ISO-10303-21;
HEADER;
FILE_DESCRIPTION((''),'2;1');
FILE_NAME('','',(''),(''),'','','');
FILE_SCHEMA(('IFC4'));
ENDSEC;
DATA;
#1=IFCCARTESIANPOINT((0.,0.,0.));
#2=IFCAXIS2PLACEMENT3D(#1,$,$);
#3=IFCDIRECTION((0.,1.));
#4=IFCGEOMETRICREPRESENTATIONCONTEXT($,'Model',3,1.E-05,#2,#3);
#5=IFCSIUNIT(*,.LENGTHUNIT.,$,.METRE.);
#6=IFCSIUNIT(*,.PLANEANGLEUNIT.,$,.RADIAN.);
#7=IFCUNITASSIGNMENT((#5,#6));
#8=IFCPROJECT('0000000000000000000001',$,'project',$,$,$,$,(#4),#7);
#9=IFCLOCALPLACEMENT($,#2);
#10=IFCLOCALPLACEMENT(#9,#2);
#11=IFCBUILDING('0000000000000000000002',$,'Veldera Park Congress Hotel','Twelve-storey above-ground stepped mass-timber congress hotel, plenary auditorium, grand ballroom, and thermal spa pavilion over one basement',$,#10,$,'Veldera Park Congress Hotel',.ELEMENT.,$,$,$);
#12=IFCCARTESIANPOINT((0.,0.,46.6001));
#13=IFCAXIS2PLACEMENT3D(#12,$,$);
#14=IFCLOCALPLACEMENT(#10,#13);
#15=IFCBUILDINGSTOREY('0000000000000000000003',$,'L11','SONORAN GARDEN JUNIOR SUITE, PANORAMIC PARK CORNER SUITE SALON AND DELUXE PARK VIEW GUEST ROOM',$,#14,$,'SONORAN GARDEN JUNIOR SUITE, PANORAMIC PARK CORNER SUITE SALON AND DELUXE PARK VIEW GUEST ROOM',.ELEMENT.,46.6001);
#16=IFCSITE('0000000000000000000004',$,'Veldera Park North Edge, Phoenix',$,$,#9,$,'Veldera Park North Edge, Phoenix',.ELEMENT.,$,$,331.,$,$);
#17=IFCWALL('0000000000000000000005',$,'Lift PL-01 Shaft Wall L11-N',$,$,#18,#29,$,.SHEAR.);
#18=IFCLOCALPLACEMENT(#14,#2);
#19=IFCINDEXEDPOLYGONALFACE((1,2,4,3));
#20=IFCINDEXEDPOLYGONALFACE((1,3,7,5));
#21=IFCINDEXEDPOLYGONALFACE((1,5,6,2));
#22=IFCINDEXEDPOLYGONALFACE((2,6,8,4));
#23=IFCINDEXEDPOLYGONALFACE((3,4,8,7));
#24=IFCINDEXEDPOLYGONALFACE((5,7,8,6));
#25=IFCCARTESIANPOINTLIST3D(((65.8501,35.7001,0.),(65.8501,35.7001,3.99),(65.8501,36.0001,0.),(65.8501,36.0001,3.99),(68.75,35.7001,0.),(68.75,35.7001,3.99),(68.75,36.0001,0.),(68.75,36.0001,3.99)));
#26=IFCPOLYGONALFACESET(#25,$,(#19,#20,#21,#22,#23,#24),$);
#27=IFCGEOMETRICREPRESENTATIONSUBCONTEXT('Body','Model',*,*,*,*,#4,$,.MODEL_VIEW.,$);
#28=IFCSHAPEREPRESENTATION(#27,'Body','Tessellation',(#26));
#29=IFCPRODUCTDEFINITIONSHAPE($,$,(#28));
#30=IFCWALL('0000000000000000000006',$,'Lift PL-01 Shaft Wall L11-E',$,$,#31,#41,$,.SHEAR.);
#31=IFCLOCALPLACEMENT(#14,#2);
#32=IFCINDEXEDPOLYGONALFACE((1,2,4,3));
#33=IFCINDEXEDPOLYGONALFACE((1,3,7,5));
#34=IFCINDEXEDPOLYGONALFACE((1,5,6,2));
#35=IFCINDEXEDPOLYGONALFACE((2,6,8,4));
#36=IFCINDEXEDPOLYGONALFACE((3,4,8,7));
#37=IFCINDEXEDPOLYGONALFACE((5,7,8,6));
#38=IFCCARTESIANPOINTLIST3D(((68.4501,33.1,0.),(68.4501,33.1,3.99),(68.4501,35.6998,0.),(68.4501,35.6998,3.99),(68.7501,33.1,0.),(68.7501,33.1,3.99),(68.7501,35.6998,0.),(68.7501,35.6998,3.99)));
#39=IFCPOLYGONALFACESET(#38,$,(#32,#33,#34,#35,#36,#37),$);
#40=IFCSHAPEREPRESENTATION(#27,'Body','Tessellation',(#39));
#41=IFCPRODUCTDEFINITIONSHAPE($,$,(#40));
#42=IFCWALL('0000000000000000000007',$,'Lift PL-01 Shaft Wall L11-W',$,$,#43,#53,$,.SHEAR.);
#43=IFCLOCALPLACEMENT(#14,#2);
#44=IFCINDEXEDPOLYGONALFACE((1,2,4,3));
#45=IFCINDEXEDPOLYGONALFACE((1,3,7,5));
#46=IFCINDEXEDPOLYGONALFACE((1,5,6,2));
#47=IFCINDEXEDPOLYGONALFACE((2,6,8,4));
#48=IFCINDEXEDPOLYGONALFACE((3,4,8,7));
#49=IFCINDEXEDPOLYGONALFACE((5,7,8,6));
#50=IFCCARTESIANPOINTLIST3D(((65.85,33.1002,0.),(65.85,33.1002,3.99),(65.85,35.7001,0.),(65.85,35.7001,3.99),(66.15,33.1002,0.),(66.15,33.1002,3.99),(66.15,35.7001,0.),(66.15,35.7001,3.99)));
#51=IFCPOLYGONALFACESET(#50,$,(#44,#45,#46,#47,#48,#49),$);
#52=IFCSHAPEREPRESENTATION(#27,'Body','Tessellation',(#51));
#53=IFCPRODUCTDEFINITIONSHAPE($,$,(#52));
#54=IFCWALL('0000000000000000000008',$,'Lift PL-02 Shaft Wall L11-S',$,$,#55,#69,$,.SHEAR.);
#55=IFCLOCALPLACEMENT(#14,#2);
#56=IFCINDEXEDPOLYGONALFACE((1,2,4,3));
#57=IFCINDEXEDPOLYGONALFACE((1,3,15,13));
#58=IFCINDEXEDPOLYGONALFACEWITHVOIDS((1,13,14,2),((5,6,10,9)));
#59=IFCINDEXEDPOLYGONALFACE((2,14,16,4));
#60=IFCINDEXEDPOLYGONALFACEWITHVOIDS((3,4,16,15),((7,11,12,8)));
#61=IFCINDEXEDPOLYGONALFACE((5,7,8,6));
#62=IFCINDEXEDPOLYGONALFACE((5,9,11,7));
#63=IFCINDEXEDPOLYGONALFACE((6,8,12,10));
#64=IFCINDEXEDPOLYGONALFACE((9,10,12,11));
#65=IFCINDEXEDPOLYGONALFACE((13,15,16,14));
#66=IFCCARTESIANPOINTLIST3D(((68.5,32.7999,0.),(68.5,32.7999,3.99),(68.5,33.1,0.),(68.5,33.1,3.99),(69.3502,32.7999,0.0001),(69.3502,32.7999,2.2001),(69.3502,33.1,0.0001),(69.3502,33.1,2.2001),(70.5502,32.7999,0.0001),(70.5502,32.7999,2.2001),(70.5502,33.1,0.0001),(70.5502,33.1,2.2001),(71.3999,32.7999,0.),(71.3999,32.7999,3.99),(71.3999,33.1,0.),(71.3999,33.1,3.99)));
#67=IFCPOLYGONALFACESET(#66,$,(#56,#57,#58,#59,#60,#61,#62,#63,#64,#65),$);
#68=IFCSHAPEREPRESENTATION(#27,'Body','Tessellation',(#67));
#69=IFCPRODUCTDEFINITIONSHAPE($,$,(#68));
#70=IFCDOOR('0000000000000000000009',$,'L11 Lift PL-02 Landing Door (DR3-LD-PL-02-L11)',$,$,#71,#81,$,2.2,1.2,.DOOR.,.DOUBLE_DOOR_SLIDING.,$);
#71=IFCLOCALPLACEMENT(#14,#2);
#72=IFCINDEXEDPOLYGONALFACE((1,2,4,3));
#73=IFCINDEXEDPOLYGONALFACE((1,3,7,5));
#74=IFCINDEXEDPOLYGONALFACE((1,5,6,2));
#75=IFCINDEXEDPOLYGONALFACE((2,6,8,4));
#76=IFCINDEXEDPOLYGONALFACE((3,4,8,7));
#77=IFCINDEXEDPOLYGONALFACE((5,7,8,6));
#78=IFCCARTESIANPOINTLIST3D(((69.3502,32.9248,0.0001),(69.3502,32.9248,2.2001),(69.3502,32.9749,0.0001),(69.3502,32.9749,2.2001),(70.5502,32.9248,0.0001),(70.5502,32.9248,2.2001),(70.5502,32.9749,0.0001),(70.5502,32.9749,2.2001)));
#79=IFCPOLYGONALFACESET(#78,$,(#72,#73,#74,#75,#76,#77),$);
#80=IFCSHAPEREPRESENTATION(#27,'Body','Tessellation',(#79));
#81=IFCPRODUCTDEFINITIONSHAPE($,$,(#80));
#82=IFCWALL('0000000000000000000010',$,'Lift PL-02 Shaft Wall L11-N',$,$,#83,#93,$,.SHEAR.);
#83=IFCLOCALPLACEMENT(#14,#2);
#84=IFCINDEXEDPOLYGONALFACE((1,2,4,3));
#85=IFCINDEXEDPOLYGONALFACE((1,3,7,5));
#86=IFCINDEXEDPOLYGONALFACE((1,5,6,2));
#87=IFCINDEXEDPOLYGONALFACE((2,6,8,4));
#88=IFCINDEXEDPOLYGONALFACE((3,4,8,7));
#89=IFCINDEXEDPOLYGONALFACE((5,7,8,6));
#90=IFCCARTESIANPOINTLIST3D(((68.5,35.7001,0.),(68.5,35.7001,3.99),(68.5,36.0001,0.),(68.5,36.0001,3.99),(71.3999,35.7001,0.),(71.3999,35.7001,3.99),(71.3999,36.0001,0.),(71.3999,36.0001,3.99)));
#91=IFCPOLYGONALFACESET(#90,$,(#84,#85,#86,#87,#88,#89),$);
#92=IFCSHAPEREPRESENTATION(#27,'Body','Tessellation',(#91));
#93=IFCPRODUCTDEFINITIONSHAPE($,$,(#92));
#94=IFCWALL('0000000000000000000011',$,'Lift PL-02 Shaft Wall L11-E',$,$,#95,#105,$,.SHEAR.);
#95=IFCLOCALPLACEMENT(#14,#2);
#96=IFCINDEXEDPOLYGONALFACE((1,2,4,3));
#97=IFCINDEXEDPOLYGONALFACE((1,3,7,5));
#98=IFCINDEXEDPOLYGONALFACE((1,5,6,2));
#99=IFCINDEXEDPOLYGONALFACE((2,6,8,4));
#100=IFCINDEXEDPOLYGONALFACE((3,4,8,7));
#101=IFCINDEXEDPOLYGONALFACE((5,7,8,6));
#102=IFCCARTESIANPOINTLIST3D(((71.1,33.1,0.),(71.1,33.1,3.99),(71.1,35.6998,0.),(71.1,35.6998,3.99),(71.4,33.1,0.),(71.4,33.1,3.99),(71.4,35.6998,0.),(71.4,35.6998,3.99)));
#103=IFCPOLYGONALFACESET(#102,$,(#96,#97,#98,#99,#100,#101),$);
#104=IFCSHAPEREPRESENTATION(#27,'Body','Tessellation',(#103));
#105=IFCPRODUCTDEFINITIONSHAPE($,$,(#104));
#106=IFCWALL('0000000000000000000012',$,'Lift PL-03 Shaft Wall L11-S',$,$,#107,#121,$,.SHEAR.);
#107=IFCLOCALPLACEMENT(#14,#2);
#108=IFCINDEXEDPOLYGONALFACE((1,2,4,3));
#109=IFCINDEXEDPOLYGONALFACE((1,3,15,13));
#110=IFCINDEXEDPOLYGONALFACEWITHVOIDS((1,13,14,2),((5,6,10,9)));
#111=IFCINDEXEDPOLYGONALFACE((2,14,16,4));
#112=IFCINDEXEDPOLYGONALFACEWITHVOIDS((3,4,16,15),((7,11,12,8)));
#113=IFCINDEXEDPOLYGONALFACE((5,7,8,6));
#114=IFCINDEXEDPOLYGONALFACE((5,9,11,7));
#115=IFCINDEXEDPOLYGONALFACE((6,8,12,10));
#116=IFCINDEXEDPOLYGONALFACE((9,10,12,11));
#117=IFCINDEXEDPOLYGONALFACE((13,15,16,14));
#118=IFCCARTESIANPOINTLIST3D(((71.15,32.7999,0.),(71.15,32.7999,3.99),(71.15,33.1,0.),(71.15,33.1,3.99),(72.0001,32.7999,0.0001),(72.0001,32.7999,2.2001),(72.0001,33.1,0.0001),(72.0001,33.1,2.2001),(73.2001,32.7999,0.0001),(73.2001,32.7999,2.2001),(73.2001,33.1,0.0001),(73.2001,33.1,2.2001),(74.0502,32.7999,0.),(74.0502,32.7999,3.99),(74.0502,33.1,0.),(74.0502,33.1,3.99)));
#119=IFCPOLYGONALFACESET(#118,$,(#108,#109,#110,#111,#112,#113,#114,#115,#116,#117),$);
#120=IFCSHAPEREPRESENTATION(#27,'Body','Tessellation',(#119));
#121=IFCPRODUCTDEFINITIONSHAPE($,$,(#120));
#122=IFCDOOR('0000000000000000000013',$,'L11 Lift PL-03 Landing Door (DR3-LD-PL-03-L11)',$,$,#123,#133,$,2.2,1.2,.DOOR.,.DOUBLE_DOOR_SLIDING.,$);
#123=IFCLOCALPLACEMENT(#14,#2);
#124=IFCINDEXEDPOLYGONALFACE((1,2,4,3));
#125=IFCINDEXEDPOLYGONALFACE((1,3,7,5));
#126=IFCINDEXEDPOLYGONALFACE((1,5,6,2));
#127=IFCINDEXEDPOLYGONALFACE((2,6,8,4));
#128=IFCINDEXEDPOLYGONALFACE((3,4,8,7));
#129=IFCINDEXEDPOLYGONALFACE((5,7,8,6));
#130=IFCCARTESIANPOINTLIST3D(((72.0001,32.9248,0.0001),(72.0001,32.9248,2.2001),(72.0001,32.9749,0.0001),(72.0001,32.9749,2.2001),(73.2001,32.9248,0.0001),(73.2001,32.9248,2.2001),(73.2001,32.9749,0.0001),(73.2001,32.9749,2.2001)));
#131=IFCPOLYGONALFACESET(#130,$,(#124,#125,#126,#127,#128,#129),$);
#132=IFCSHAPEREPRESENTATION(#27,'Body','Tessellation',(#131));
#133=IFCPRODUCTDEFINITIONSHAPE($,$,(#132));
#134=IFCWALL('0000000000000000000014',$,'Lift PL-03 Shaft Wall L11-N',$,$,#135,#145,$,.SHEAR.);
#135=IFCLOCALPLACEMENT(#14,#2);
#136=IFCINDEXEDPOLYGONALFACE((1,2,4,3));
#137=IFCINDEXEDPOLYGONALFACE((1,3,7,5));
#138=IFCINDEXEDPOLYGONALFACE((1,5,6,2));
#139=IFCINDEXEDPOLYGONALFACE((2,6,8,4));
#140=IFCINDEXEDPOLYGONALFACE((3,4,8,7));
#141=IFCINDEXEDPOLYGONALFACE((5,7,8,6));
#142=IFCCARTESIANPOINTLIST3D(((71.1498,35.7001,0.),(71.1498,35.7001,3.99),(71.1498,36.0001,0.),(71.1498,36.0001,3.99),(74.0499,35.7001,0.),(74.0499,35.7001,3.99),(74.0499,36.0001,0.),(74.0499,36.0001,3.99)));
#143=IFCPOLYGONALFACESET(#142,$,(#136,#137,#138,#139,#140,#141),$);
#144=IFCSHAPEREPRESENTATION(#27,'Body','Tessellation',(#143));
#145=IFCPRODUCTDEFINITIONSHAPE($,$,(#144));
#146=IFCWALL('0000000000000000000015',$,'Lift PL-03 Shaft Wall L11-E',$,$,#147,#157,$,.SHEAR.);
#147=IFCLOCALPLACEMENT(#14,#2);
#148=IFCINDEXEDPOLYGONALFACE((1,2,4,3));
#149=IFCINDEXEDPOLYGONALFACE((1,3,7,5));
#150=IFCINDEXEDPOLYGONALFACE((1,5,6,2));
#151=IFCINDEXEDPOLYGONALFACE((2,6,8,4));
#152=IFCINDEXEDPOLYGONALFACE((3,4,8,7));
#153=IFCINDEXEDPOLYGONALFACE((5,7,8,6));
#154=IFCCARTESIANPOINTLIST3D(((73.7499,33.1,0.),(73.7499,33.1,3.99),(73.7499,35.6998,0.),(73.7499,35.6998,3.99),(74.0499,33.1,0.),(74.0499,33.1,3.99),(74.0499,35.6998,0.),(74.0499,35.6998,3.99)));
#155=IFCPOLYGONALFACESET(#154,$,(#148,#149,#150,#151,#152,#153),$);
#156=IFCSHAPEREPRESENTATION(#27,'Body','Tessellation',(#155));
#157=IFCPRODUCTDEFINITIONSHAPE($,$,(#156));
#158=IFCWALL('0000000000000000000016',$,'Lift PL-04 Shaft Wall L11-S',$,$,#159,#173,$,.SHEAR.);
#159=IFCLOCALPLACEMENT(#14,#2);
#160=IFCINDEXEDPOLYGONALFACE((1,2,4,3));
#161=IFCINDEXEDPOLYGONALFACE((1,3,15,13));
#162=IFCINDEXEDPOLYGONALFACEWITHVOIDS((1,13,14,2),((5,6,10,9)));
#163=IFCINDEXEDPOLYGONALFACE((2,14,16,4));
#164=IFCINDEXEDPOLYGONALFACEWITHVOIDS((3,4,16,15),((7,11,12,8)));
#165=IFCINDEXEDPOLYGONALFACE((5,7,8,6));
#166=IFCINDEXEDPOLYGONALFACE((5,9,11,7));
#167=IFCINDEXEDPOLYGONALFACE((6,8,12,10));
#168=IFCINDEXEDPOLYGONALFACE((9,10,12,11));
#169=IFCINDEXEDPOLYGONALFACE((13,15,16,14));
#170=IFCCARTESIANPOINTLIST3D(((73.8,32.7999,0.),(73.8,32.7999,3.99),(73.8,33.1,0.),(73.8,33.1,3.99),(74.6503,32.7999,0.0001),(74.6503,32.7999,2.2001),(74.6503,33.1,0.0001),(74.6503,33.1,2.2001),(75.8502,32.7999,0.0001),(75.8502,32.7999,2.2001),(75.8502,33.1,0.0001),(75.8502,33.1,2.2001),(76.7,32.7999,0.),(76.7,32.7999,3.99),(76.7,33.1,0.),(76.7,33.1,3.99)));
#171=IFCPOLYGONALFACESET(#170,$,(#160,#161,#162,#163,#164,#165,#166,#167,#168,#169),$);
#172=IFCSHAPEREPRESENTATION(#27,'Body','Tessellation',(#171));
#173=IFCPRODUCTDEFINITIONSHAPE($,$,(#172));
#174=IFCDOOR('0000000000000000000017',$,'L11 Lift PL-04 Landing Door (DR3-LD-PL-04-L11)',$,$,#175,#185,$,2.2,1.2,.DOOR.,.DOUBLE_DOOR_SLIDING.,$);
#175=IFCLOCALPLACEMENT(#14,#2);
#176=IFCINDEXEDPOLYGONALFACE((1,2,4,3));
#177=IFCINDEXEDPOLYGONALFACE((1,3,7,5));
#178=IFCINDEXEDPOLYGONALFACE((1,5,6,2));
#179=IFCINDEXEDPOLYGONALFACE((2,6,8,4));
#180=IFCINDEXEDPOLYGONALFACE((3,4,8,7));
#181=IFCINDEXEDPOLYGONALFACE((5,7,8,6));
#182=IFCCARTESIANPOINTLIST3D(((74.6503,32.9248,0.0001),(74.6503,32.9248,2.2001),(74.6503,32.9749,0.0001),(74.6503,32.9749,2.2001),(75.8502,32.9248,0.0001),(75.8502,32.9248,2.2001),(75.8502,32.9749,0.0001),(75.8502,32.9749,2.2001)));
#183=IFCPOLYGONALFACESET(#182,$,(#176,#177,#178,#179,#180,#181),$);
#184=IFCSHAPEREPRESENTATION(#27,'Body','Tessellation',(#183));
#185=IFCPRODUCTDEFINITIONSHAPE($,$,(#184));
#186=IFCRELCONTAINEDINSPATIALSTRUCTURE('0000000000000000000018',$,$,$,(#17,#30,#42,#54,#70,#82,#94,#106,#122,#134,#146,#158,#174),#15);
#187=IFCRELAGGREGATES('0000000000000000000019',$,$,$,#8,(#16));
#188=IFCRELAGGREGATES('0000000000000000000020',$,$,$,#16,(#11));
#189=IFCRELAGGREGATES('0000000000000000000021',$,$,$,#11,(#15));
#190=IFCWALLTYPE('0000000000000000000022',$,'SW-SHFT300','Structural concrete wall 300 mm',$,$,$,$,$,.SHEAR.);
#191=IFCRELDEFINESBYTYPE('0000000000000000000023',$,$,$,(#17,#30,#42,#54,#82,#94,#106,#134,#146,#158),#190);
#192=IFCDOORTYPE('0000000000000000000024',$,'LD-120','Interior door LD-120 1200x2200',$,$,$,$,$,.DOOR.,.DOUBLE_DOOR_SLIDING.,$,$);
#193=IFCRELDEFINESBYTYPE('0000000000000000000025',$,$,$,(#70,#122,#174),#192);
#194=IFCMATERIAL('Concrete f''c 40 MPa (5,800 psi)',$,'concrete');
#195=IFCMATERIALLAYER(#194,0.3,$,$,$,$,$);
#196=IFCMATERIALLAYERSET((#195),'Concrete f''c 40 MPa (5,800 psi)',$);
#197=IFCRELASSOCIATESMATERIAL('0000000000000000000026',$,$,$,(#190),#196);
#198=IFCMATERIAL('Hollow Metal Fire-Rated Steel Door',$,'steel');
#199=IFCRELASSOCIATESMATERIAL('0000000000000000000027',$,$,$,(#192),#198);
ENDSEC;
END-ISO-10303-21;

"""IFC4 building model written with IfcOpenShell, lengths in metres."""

from ifc_helpers import new_model, si_unit, direction, frame, frame_2d, origin, place, context, subcontext, project, spatial, rectangle, extrude, material, layer, layer_set, type_object, element, fill, save


model = new_model("IFC4")

# Units and contexts
model_context = context("Model", 3, precision=1e-05, world=origin(), true_north=direction((0.0, 1.0)))
body_context = subcontext(model_context, "Body", "Model", "MODEL_VIEW")
ifc_project = project(units=[si_unit("LENGTHUNIT", "METRE"), si_unit("PLANEANGLEUNIT", "RADIAN")], contexts=[model_context])

# Site, building, storey
site_placement = place(None, origin())
site = spatial("IfcSite", under=ifc_project, at=site_placement, Name="Veldera Park North Edge, Phoenix", LongName="Veldera Park North Edge, Phoenix", CompositionType="ELEMENT", RefElevation=331.0)
building_placement = place(site_placement, origin())
building = spatial("IfcBuilding", under=site, at=building_placement, Name="Veldera Park Congress Hotel", Description="Twelve-storey above-ground stepped mass-timber congress hotel, plenary auditorium, grand ballroom, and thermal spa pavilion over one basement", LongName="Veldera Park Congress Hotel", CompositionType="ELEMENT")
storey_placement = place(building_placement, frame((0.0, 0.0, 46.6001)))
storey = spatial("IfcBuildingStorey", under=building, at=storey_placement, Name="L11", Description="SONORAN GARDEN JUNIOR SUITE, PANORAMIC PARK CORNER SUITE SALON AND DELUXE PARK VIEW GUEST ROOM", LongName="SONORAN GARDEN JUNIOR SUITE, PANORAMIC PARK CORNER SUITE SALON AND DELUXE PARK VIEW GUEST ROOM", CompositionType="ELEMENT", Elevation=46.6001)

# Shared definitions
ifc_material_1 = material(Name="Concrete f'c 40 MPa (5,800 psi)", Category="concrete")
ifc_material_2 = material(Name="Hollow Metal Fire-Rated Steel Door", Category="steel")

# Shared definitions
ifc_layer_1 = layer(ifc_material_1, 0.3)
ifc_layer_set_1 = layer_set([ifc_layer_1], Name="Concrete f'c 40 MPa (5,800 psi)")
wall_type_1 = type_object("IfcWallType", Name="SW-SHFT300", Description="Structural concrete wall 300 mm", PredefinedType="SHEAR", material=ifc_layer_set_1)
door_type_1 = type_object("IfcDoorType", Name="LD-120", Description="Interior door LD-120 1200x2200", OperationType="DOUBLE_DOOR_SLIDING", PredefinedType="DOOR", material=ifc_material_2)

# Walls
wall_1_placement = place(storey_placement, frame((68.75, 35.8501, 0.0), z_axis=(0.0, 0.0, 1.0), x_axis=(-1.0, 0.0, 0.0)))
element("IfcWall", 1, at=wall_1_placement, inside=storey, type_object=wall_type_1, Name="Lift PL-01 Shaft Wall L11-N", PredefinedType="SHEAR", context=body_context, shape_type="SweptSolid", body=[
    extrude(rectangle(XDim=2.8999, YDim=0.3, at=frame_2d((1.45, 0.0))), origin(), (0.0, 0.0, 1.0), 3.99),
])
for number, where, z_axis, x_axis, name in (
    (2, (68.6001, 33.1001, 0.0), (0.0, 0.0, 1.0), (0.0, 1.0, 0.0), "Lift PL-01 Shaft Wall L11-E"),
    (3, (66.0, 35.7, 0.0), (0.0, 0.0, 1.0), (0.0, -1.0, 0.0), "Lift PL-01 Shaft Wall L11-W"),
):
    element("IfcWall", number, at=place(storey_placement, frame(where, z_axis=z_axis, x_axis=x_axis)), inside=storey, type_object=wall_type_1, Name=name, PredefinedType="SHEAR", context=body_context, shape_type="SweptSolid", body=[
        extrude(rectangle(XDim=2.5999, YDim=0.3, at=frame_2d((1.2998, 0.0))), origin(), (0.0, 0.0, 1.0), 3.99),
    ])

# Wall, opening, door
wall_2_placement = place(storey_placement, frame((68.5, 32.95, 0.0), z_axis=(0.0, 0.0, 1.0), x_axis=(1.0, 0.0, 0.0)))
wall_2 = element("IfcWall", 4, at=wall_2_placement, inside=storey, type_object=wall_type_1, Name="Lift PL-02 Shaft Wall L11-S", PredefinedType="SHEAR", context=body_context, shape_type="SweptSolid", body=[
    extrude(rectangle(XDim=2.8999, YDim=0.3, at=frame_2d((1.45, 0.0))), origin(), (0.0, 0.0, 1.0), 3.99),
])
opening_1_placement = place(wall_2_placement, frame((0.8501, 0.0, 0.0)))
opening_1 = element("IfcOpeningElement", 5, at=opening_1_placement, cuts=wall_2, PredefinedType="OPENING", context=body_context, shape_type="SweptSolid", body=[
    extrude(rectangle(XDim=1.2, YDim=2.2, at=frame_2d((0.6001, 1.1001))), frame((0.0, 0.1621, 0.0), z_axis=(0.0, -1.0, 0.0), x_axis=(1.0, 0.0, 0.0)), (0.0, 0.0, 1.0), 0.324),
])
door_1_placement = place(opening_1_placement, origin())
door_1 = element("IfcDoor", 6, at=door_1_placement, inside=storey, type_object=door_type_1, Name="L11 Lift PL-02 Landing Door (DR3-LD-PL-02-L11)", OperationType="DOUBLE_DOOR_SLIDING", OverallHeight=2.2, OverallWidth=1.2, PredefinedType="DOOR", context=body_context, shape_type="SweptSolid", body=[
    extrude(rectangle(XDim=1.2, YDim=2.2, at=frame_2d((0.6001, 1.1001))), frame((0.0, 0.0249, 0.0), z_axis=(0.0, -1.0, 0.0), x_axis=(1.0, 0.0, 0.0)), (0.0, 0.0, 1.0), 0.05),
])
fill(opening_1, door_1)

# Walls
wall_3_placement = place(storey_placement, frame((71.3999, 35.8501, 0.0), z_axis=(0.0, 0.0, 1.0), x_axis=(-1.0, 0.0, 0.0)))
element("IfcWall", 7, at=wall_3_placement, inside=storey, type_object=wall_type_1, Name="Lift PL-02 Shaft Wall L11-N", PredefinedType="SHEAR", context=body_context, shape_type="SweptSolid", body=[
    extrude(rectangle(XDim=2.8999, YDim=0.3, at=frame_2d((1.45, 0.0))), origin(), (0.0, 0.0, 1.0), 3.99),
])
wall_4_placement = place(storey_placement, frame((71.25, 33.1001, 0.0), z_axis=(0.0, 0.0, 1.0), x_axis=(0.0, 1.0, 0.0)))
element("IfcWall", 8, at=wall_4_placement, inside=storey, type_object=wall_type_1, Name="Lift PL-02 Shaft Wall L11-E", PredefinedType="SHEAR", context=body_context, shape_type="SweptSolid", body=[
    extrude(rectangle(XDim=2.5999, YDim=0.3, at=frame_2d((1.2998, 0.0))), origin(), (0.0, 0.0, 1.0), 3.99),
])

# Wall, opening, door
wall_5_placement = place(storey_placement, frame((71.1499, 32.95, 0.0), z_axis=(0.0, 0.0, 1.0), x_axis=(1.0, 0.0, 0.0)))
wall_5 = element("IfcWall", 9, at=wall_5_placement, inside=storey, type_object=wall_type_1, Name="Lift PL-03 Shaft Wall L11-S", PredefinedType="SHEAR", context=body_context, shape_type="SweptSolid", body=[
    extrude(rectangle(XDim=2.9001, YDim=0.3, at=frame_2d((1.4502, 0.0))), origin(), (0.0, 0.0, 1.0), 3.99),
])
opening_2_placement = place(wall_5_placement, frame((0.8501, 0.0, 0.0)))
opening_2 = element("IfcOpeningElement", 10, at=opening_2_placement, cuts=wall_5, PredefinedType="OPENING", context=body_context, shape_type="SweptSolid", body=[
    extrude(rectangle(XDim=1.2, YDim=2.2, at=frame_2d((0.6001, 1.1001))), frame((0.0, 0.1621, 0.0), z_axis=(0.0, -1.0, 0.0), x_axis=(1.0, 0.0, 0.0)), (0.0, 0.0, 1.0), 0.324),
])
door_2_placement = place(opening_2_placement, origin())
door_2 = element("IfcDoor", 11, at=door_2_placement, inside=storey, type_object=door_type_1, Name="L11 Lift PL-03 Landing Door (DR3-LD-PL-03-L11)", OperationType="DOUBLE_DOOR_SLIDING", OverallHeight=2.2, OverallWidth=1.2, PredefinedType="DOOR", context=body_context, shape_type="SweptSolid", body=[
    extrude(rectangle(XDim=1.2, YDim=2.2, at=frame_2d((0.6001, 1.1001))), frame((0.0, 0.0249, 0.0), z_axis=(0.0, -1.0, 0.0), x_axis=(1.0, 0.0, 0.0)), (0.0, 0.0, 1.0), 0.05),
])
fill(opening_2, door_2)

# Walls
wall_6_placement = place(storey_placement, frame((74.05, 35.8501, 0.0), z_axis=(0.0, 0.0, 1.0), x_axis=(-1.0, 0.0, 0.0)))
element("IfcWall", 12, at=wall_6_placement, inside=storey, type_object=wall_type_1, Name="Lift PL-03 Shaft Wall L11-N", PredefinedType="SHEAR", context=body_context, shape_type="SweptSolid", body=[
    extrude(rectangle(XDim=2.9001, YDim=0.3, at=frame_2d((1.4502, 0.0))), origin(), (0.0, 0.0, 1.0), 3.99),
])
wall_7_placement = place(storey_placement, frame((73.8999, 33.1001, 0.0), z_axis=(0.0, 0.0, 1.0), x_axis=(0.0, 1.0, 0.0)))
element("IfcWall", 13, at=wall_7_placement, inside=storey, type_object=wall_type_1, Name="Lift PL-03 Shaft Wall L11-E", PredefinedType="SHEAR", context=body_context, shape_type="SweptSolid", body=[
    extrude(rectangle(XDim=2.5999, YDim=0.3, at=frame_2d((1.2998, 0.0))), origin(), (0.0, 0.0, 1.0), 3.99),
])

# Wall, opening, door
wall_8_placement = place(storey_placement, frame((73.8, 32.95, 0.0), z_axis=(0.0, 0.0, 1.0), x_axis=(1.0, 0.0, 0.0)))
wall_8 = element("IfcWall", 14, at=wall_8_placement, inside=storey, type_object=wall_type_1, Name="Lift PL-04 Shaft Wall L11-S", PredefinedType="SHEAR", context=body_context, shape_type="SweptSolid", body=[
    extrude(rectangle(XDim=2.8999, YDim=0.3, at=frame_2d((1.45, 0.0))), origin(), (0.0, 0.0, 1.0), 3.99),
])
opening_3_placement = place(wall_8_placement, frame((0.8501, 0.0, 0.0)))
opening_3 = element("IfcOpeningElement", 15, at=opening_3_placement, cuts=wall_8, PredefinedType="OPENING", context=body_context, shape_type="SweptSolid", body=[
    extrude(rectangle(XDim=1.2, YDim=2.2, at=frame_2d((0.6001, 1.1001))), frame((0.0, 0.1621, 0.0), z_axis=(0.0, -1.0, 0.0), x_axis=(1.0, 0.0, 0.0)), (0.0, 0.0, 1.0), 0.324),
])
door_3_placement = place(opening_3_placement, origin())
door_3 = element("IfcDoor", 16, at=door_3_placement, inside=storey, type_object=door_type_1, Name="L11 Lift PL-04 Landing Door (DR3-LD-PL-04-L11)", OperationType="DOUBLE_DOOR_SLIDING", OverallHeight=2.2, OverallWidth=1.2, PredefinedType="DOOR", context=body_context, shape_type="SweptSolid", body=[
    extrude(rectangle(XDim=1.2, YDim=2.2, at=frame_2d((0.6001, 1.1001))), frame((0.0, 0.0249, 0.0), z_axis=(0.0, -1.0, 0.0), x_axis=(1.0, 0.0, 0.0)), (0.0, 0.0, 1.0), 0.05),
])
fill(opening_3, door_3)

save(model, "model.ifc")
